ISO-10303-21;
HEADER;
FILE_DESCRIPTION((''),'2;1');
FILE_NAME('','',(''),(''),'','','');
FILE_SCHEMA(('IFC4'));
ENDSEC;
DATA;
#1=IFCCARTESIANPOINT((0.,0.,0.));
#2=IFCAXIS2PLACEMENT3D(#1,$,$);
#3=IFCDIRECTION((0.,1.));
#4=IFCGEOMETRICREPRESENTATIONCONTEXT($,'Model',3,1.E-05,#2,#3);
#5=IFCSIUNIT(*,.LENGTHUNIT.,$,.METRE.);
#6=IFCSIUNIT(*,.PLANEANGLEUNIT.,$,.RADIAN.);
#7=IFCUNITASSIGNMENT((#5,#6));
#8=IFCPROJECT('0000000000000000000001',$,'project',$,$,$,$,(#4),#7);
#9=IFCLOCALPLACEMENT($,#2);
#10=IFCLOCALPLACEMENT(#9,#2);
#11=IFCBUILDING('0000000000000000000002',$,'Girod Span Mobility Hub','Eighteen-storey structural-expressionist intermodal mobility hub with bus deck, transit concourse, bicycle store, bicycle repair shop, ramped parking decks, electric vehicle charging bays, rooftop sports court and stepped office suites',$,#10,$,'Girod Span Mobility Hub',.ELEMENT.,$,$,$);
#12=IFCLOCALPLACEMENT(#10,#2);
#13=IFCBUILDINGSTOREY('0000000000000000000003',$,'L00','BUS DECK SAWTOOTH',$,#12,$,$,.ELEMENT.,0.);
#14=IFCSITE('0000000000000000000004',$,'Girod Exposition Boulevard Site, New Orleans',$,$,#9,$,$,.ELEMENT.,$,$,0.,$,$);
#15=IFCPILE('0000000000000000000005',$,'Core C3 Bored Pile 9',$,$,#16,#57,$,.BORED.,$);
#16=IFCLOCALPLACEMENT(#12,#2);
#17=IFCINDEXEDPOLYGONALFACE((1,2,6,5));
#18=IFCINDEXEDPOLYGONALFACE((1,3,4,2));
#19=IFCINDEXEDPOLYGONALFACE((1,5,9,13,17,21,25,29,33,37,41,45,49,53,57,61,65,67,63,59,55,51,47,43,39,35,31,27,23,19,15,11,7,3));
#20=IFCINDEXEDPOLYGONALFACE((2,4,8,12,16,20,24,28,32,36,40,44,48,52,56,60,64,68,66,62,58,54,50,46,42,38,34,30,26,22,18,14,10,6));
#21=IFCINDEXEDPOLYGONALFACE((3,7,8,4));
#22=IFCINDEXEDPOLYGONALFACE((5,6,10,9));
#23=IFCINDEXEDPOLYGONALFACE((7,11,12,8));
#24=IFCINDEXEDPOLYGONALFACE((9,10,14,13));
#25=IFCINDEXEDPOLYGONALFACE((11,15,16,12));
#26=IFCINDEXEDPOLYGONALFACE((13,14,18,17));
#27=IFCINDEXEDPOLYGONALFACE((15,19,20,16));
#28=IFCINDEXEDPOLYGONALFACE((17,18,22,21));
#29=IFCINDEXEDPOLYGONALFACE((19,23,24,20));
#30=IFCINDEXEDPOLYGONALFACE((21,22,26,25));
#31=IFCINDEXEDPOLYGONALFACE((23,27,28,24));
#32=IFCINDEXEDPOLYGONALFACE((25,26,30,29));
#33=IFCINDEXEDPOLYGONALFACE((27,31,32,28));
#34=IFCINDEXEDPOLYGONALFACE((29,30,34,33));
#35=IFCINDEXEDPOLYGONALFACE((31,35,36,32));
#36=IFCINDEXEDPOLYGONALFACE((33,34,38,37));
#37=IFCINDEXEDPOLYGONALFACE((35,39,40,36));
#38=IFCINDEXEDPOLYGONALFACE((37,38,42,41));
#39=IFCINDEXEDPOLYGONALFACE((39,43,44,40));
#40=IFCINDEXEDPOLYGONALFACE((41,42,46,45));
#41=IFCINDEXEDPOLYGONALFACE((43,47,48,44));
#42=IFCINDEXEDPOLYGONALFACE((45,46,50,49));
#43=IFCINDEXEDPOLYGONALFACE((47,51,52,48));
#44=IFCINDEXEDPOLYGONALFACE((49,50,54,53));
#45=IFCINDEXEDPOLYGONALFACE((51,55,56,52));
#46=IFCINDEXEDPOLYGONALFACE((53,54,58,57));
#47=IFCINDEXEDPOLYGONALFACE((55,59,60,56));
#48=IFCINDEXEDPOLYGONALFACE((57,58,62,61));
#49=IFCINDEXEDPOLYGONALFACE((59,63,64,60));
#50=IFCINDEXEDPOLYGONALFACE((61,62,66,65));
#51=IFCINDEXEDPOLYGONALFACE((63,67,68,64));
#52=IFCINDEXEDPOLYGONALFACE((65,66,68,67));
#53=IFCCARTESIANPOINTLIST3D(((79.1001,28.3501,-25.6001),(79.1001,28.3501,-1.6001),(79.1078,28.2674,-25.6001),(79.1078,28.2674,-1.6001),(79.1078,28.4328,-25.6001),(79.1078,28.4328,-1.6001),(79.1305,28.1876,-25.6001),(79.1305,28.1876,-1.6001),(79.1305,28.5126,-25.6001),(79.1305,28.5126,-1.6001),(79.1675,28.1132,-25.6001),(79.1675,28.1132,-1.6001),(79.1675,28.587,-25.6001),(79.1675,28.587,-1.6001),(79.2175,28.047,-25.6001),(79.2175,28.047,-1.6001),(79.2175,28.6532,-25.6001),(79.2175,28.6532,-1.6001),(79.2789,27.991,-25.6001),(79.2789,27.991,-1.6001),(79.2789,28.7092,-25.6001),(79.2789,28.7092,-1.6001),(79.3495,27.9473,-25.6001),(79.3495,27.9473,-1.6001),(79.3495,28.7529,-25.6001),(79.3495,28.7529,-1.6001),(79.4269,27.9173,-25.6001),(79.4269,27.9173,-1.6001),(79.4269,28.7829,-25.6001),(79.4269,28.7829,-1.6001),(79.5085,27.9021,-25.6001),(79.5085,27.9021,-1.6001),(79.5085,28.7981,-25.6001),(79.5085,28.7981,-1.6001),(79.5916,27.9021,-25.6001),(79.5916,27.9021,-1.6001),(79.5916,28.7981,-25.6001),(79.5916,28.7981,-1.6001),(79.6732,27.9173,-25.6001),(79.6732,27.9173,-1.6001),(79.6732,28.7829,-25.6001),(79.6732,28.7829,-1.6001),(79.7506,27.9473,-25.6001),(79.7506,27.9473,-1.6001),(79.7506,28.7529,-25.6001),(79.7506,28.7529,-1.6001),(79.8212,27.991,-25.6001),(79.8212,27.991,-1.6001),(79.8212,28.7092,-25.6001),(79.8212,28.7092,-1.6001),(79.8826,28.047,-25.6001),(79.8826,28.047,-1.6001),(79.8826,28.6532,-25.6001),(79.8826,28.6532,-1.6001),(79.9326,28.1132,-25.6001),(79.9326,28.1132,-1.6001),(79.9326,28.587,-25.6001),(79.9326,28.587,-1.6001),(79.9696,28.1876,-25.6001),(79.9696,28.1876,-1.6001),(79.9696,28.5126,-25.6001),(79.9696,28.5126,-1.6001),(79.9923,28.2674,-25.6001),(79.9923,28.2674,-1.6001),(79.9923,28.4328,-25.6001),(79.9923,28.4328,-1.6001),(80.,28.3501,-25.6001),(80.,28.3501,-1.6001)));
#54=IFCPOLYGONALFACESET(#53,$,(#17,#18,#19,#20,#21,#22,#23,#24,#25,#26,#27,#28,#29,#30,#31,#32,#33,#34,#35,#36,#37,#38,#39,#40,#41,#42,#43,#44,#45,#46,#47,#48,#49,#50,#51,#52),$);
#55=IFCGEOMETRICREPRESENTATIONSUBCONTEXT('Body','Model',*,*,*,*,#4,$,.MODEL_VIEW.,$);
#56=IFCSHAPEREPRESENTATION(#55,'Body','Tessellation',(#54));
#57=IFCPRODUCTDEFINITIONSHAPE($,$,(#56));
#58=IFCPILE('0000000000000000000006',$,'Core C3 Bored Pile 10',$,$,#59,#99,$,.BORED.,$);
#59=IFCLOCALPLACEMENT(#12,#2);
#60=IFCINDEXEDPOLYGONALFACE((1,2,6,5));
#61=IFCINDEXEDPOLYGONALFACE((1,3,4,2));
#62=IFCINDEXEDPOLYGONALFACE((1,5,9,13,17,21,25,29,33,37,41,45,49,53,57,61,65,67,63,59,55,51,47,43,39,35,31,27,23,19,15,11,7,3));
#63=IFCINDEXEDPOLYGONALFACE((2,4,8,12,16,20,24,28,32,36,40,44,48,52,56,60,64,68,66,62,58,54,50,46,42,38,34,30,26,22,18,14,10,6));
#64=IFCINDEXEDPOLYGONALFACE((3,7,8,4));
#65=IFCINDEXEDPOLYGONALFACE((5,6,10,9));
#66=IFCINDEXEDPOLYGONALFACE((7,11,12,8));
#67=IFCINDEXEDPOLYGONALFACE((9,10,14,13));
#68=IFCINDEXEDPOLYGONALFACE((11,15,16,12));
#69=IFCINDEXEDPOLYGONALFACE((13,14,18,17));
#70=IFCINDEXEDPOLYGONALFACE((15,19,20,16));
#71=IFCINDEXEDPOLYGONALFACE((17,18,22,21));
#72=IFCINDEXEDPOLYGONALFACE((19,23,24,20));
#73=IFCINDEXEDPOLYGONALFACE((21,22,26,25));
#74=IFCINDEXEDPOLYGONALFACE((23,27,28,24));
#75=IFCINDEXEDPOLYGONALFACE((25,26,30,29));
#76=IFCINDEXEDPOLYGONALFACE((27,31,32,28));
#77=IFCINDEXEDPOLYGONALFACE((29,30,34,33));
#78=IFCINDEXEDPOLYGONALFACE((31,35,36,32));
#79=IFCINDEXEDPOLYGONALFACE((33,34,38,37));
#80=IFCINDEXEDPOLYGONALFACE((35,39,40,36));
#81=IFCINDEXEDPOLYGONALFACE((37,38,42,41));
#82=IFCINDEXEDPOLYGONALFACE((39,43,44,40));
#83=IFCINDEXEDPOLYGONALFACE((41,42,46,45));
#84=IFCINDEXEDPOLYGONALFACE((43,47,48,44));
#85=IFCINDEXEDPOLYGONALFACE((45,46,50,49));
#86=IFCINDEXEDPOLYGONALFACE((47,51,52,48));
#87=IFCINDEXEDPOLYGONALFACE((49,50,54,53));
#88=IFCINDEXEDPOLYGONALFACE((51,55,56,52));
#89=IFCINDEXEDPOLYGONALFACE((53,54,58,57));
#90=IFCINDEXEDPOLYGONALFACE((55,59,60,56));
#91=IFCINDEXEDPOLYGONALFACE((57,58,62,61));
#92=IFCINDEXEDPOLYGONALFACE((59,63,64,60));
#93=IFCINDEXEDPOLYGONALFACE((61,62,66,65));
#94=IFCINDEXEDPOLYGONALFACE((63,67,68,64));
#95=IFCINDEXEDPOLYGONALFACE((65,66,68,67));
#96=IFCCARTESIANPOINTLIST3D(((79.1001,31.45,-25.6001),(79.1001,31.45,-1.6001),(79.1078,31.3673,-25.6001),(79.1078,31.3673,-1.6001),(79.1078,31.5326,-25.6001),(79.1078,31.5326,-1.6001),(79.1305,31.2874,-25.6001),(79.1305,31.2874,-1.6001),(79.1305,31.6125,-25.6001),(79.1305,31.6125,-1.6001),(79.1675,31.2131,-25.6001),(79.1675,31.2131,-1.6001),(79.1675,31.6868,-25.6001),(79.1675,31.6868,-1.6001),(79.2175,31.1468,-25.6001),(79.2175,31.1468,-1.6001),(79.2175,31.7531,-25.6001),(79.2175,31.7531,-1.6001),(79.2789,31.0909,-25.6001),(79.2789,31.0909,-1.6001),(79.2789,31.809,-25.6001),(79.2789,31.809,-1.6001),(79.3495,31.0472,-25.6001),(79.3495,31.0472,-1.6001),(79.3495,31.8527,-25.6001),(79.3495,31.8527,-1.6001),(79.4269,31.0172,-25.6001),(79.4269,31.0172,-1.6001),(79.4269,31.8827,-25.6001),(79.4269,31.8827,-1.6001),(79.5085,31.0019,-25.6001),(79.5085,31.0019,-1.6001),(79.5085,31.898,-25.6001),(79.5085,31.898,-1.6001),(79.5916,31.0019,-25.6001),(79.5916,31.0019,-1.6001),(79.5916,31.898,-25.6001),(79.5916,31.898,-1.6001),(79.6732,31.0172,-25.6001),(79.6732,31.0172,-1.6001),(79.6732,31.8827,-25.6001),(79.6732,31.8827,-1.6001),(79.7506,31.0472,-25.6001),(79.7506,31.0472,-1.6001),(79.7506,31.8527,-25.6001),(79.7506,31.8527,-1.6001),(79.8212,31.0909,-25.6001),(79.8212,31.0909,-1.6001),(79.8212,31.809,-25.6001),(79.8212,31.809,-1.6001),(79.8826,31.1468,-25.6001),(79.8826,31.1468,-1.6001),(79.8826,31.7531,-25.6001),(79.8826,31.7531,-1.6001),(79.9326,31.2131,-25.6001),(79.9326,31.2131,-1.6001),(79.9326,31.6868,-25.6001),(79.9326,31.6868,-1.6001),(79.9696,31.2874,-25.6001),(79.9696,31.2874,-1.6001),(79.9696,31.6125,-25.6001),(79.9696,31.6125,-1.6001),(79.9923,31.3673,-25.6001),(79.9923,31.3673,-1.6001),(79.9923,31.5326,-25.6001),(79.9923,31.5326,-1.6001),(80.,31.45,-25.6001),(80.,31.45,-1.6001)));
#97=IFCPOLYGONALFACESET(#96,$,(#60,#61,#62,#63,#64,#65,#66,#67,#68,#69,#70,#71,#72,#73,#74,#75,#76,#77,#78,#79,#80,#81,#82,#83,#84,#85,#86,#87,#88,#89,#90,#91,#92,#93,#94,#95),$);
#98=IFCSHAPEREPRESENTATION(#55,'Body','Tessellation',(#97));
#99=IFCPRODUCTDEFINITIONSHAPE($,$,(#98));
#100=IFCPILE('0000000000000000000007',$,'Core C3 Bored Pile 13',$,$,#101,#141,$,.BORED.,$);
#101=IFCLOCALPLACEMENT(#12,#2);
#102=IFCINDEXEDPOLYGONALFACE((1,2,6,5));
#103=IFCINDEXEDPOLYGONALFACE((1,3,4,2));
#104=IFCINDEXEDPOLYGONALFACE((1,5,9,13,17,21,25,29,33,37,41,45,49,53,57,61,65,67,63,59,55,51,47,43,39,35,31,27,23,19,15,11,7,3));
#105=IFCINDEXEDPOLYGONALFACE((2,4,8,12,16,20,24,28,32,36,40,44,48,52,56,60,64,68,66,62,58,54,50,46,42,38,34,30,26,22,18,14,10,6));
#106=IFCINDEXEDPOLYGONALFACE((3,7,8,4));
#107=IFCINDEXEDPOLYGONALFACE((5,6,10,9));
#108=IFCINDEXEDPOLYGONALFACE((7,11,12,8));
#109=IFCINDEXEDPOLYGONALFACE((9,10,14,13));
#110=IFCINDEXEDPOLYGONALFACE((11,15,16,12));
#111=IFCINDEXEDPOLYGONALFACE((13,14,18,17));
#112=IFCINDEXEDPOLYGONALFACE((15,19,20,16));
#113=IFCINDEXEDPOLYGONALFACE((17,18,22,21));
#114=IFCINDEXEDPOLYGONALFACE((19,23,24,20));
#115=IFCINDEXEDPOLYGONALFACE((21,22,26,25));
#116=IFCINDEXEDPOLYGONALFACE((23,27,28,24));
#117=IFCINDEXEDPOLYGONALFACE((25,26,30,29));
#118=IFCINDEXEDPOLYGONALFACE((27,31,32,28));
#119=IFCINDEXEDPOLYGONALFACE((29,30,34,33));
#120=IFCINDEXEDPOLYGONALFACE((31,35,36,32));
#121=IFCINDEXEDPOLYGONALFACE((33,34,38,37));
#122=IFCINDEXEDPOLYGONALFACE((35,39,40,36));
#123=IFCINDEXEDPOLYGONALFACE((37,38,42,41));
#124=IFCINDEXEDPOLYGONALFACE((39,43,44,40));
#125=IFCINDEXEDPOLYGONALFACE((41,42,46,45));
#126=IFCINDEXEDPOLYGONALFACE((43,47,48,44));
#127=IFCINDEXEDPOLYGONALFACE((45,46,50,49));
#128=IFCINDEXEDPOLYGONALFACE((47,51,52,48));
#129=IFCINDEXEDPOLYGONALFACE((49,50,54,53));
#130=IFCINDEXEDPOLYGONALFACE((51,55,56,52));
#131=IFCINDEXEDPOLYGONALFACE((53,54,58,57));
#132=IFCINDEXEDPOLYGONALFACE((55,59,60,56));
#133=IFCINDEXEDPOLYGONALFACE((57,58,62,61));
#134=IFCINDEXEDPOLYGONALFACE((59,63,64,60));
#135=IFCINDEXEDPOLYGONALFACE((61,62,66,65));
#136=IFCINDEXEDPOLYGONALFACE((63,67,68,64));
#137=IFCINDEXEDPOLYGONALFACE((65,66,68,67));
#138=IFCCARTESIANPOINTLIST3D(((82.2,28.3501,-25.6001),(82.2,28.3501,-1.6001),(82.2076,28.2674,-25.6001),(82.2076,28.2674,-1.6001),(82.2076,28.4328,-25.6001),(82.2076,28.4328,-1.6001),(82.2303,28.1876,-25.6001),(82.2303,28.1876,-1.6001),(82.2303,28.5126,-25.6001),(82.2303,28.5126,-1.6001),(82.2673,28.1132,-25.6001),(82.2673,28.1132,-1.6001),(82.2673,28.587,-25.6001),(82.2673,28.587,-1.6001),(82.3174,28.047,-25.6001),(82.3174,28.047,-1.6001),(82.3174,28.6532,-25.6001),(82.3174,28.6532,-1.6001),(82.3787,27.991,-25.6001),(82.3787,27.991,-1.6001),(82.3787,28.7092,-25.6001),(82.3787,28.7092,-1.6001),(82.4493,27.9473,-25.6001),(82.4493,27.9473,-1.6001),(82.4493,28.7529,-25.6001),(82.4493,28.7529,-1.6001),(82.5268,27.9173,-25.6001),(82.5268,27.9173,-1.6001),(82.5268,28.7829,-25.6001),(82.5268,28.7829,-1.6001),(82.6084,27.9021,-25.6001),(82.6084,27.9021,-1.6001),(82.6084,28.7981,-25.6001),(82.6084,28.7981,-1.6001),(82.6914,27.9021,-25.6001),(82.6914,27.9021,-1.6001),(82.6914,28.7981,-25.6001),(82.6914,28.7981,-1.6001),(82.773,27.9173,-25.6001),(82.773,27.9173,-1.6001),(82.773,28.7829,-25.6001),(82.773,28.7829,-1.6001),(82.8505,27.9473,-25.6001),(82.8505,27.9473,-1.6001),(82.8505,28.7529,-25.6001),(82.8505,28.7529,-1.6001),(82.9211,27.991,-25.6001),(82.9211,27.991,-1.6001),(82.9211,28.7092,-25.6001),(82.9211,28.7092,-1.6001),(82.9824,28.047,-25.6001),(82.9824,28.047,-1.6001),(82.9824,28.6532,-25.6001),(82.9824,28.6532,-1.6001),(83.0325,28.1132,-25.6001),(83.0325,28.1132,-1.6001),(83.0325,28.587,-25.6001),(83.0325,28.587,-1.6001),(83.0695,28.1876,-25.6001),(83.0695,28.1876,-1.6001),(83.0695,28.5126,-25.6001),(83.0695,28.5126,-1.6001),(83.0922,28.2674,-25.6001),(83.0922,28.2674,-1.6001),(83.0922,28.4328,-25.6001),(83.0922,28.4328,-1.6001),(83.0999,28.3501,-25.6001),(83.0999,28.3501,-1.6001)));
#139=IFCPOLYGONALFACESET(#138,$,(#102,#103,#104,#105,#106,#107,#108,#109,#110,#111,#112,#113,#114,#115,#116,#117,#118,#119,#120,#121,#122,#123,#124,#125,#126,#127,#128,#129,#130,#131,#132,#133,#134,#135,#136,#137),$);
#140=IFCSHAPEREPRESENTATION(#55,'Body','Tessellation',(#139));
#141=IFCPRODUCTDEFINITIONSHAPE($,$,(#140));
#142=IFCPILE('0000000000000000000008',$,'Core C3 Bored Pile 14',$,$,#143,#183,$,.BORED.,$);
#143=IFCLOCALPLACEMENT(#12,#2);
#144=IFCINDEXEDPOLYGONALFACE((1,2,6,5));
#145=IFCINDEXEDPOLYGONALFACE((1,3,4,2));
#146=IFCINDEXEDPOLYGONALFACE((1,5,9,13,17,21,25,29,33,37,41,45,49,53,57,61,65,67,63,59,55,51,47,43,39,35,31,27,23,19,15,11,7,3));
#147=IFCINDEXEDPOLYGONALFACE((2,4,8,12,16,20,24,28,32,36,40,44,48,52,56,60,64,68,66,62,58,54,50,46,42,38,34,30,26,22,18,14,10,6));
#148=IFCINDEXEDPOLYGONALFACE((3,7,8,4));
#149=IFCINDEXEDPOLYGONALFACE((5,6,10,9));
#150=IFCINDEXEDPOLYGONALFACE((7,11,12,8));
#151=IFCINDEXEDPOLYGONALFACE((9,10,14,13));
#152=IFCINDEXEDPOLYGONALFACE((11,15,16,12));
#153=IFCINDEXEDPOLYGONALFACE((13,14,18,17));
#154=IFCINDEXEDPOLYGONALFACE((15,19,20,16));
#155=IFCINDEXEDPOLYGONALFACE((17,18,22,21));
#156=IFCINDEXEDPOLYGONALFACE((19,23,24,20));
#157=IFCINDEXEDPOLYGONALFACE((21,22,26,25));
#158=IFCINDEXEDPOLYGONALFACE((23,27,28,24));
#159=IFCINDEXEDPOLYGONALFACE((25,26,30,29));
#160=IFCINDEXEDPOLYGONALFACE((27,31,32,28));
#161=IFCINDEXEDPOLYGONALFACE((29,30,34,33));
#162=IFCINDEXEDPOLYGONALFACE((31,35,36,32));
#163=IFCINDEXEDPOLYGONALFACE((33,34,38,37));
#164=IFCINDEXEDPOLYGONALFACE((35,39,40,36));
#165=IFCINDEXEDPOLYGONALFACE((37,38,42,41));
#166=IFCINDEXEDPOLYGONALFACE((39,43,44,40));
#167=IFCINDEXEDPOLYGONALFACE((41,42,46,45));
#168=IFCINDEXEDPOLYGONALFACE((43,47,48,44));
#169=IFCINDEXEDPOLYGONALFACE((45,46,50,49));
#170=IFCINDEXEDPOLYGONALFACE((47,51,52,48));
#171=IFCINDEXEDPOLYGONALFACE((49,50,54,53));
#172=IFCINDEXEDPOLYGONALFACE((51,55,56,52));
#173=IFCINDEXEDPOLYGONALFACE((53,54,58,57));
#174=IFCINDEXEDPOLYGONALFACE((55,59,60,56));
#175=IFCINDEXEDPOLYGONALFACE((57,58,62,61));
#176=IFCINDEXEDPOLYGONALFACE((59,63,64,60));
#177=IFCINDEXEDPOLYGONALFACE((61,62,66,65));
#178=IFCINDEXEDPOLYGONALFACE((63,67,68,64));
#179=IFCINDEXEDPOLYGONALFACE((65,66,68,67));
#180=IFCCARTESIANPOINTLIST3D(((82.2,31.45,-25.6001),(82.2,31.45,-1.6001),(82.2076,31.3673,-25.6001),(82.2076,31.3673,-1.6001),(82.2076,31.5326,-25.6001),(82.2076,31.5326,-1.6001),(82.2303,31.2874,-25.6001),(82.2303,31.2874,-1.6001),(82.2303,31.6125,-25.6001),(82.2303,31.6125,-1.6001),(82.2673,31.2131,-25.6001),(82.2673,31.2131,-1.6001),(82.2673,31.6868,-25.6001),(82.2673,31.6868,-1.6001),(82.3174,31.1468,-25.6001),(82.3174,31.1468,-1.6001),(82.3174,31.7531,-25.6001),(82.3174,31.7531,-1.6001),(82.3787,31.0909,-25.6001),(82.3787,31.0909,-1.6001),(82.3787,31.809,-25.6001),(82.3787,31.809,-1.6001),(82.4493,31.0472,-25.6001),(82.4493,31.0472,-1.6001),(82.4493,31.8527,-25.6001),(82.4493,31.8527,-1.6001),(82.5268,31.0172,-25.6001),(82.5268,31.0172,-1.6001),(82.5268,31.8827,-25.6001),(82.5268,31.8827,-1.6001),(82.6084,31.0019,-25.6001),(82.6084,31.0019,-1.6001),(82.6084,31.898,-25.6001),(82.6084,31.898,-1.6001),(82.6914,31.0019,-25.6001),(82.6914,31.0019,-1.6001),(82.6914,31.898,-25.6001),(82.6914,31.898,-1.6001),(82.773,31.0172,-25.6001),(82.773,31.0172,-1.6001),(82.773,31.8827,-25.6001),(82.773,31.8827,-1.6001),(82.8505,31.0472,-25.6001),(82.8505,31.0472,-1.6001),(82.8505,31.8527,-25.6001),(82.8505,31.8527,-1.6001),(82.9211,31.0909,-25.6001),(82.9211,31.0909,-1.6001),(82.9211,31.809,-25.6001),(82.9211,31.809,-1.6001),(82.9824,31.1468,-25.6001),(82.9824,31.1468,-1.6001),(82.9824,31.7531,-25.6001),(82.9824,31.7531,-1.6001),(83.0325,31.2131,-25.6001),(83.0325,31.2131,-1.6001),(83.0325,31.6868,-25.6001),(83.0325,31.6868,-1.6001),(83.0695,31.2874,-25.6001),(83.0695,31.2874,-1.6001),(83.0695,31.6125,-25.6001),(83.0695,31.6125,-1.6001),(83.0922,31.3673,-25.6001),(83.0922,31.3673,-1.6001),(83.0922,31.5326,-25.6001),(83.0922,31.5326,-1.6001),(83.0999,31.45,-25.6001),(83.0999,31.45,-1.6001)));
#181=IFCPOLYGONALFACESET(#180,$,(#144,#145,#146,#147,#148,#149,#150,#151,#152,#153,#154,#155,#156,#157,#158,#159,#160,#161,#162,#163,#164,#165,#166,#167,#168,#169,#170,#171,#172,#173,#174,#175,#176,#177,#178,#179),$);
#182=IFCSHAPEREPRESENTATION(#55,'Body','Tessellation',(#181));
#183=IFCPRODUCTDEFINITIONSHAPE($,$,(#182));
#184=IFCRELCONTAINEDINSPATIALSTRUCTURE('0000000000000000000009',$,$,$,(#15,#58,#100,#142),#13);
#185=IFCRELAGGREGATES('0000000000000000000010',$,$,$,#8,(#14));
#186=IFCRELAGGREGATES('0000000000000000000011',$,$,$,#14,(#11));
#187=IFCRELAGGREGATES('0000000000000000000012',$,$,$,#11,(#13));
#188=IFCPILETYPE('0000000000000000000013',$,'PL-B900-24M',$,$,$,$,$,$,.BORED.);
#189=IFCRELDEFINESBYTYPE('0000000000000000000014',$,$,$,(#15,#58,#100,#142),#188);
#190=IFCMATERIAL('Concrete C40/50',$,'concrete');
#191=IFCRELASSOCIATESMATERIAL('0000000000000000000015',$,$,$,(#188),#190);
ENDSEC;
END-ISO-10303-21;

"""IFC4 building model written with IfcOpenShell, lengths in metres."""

from ifc_helpers import new_model, si_unit, direction, frame, origin, origin_2d, place, context, subcontext, project, spatial, circle, extrude, material, material_profile, profile_set, type_object, element, save


model = new_model("IFC4")

# Units and contexts
model_context = context("Model", 3, precision=1e-05, world=origin(), true_north=direction((0.0, 1.0)))
body_context = subcontext(model_context, "Body", "Model", "MODEL_VIEW")
ifc_project = project(units=[si_unit("LENGTHUNIT", "METRE"), si_unit("PLANEANGLEUNIT", "RADIAN")], contexts=[model_context])

# Site, building, storey
site_placement = place(None, origin())
site = spatial("IfcSite", under=ifc_project, at=site_placement, Name="Girod Exposition Boulevard Site, New Orleans", CompositionType="ELEMENT", RefElevation=0.0)
building_placement = place(site_placement, origin())
building = spatial("IfcBuilding", under=site, at=building_placement, Name="Girod Span Mobility Hub", Description="Eighteen-storey structural-expressionist intermodal mobility hub with bus deck, transit concourse, bicycle store, bicycle repair shop, ramped parking decks, electric vehicle charging bays, rooftop sports court and stepped office suites", LongName="Girod Span Mobility Hub", CompositionType="ELEMENT")
storey_placement = place(building_placement, origin())
storey = spatial("IfcBuildingStorey", under=building, at=storey_placement, Name="L00", Description="BUS DECK SAWTOOTH", CompositionType="ELEMENT", Elevation=0.0)

# Piles
ifc_material_1 = material(Name="Concrete C40/50", Category="concrete")
ifc_material_profile_1 = material_profile(ifc_material_1, circle(Radius=0.45, at=origin_2d()), Name="PILE-D900")
ifc_profile_set_1 = profile_set([ifc_material_profile_1], Name="Concrete C40/50")
pile_type_1 = type_object("IfcPileType", Name="PL-B900-24M", PredefinedType="BORED", material=ifc_profile_set_1)
for number, where, z_axis, x_axis, name in (
    (1, (79.55, 28.3501, -1.6001), (0.0, 0.0, -1.0), (1.0, 0.0, 0.0), "Core C3 Bored Pile 9"),
    (2, (79.55, 31.45, -1.6001), (0.0, 0.0, -1.0), (1.0, 0.0, 0.0), "Core C3 Bored Pile 10"),
    (3, (82.6499, 28.3501, -1.6001), (0.0, 0.0, -1.0), (1.0, 0.0, 0.0), "Core C3 Bored Pile 13"),
    (4, (82.6499, 31.45, -1.6001), (0.0, 0.0, -1.0), (1.0, 0.0, 0.0), "Core C3 Bored Pile 14"),
):
    element("IfcPile", number, at=place(storey_placement, frame(where, z_axis=z_axis, x_axis=x_axis)), inside=storey, type_object=pile_type_1, Name=name, PredefinedType="BORED", context=body_context, shape_type="SweptSolid", body=[
        extrude(circle(Radius=0.45, at=origin_2d()), origin(), (0.0, 0.0, 1.0), 24.0),
    ])

save(model, "model.ifc")
